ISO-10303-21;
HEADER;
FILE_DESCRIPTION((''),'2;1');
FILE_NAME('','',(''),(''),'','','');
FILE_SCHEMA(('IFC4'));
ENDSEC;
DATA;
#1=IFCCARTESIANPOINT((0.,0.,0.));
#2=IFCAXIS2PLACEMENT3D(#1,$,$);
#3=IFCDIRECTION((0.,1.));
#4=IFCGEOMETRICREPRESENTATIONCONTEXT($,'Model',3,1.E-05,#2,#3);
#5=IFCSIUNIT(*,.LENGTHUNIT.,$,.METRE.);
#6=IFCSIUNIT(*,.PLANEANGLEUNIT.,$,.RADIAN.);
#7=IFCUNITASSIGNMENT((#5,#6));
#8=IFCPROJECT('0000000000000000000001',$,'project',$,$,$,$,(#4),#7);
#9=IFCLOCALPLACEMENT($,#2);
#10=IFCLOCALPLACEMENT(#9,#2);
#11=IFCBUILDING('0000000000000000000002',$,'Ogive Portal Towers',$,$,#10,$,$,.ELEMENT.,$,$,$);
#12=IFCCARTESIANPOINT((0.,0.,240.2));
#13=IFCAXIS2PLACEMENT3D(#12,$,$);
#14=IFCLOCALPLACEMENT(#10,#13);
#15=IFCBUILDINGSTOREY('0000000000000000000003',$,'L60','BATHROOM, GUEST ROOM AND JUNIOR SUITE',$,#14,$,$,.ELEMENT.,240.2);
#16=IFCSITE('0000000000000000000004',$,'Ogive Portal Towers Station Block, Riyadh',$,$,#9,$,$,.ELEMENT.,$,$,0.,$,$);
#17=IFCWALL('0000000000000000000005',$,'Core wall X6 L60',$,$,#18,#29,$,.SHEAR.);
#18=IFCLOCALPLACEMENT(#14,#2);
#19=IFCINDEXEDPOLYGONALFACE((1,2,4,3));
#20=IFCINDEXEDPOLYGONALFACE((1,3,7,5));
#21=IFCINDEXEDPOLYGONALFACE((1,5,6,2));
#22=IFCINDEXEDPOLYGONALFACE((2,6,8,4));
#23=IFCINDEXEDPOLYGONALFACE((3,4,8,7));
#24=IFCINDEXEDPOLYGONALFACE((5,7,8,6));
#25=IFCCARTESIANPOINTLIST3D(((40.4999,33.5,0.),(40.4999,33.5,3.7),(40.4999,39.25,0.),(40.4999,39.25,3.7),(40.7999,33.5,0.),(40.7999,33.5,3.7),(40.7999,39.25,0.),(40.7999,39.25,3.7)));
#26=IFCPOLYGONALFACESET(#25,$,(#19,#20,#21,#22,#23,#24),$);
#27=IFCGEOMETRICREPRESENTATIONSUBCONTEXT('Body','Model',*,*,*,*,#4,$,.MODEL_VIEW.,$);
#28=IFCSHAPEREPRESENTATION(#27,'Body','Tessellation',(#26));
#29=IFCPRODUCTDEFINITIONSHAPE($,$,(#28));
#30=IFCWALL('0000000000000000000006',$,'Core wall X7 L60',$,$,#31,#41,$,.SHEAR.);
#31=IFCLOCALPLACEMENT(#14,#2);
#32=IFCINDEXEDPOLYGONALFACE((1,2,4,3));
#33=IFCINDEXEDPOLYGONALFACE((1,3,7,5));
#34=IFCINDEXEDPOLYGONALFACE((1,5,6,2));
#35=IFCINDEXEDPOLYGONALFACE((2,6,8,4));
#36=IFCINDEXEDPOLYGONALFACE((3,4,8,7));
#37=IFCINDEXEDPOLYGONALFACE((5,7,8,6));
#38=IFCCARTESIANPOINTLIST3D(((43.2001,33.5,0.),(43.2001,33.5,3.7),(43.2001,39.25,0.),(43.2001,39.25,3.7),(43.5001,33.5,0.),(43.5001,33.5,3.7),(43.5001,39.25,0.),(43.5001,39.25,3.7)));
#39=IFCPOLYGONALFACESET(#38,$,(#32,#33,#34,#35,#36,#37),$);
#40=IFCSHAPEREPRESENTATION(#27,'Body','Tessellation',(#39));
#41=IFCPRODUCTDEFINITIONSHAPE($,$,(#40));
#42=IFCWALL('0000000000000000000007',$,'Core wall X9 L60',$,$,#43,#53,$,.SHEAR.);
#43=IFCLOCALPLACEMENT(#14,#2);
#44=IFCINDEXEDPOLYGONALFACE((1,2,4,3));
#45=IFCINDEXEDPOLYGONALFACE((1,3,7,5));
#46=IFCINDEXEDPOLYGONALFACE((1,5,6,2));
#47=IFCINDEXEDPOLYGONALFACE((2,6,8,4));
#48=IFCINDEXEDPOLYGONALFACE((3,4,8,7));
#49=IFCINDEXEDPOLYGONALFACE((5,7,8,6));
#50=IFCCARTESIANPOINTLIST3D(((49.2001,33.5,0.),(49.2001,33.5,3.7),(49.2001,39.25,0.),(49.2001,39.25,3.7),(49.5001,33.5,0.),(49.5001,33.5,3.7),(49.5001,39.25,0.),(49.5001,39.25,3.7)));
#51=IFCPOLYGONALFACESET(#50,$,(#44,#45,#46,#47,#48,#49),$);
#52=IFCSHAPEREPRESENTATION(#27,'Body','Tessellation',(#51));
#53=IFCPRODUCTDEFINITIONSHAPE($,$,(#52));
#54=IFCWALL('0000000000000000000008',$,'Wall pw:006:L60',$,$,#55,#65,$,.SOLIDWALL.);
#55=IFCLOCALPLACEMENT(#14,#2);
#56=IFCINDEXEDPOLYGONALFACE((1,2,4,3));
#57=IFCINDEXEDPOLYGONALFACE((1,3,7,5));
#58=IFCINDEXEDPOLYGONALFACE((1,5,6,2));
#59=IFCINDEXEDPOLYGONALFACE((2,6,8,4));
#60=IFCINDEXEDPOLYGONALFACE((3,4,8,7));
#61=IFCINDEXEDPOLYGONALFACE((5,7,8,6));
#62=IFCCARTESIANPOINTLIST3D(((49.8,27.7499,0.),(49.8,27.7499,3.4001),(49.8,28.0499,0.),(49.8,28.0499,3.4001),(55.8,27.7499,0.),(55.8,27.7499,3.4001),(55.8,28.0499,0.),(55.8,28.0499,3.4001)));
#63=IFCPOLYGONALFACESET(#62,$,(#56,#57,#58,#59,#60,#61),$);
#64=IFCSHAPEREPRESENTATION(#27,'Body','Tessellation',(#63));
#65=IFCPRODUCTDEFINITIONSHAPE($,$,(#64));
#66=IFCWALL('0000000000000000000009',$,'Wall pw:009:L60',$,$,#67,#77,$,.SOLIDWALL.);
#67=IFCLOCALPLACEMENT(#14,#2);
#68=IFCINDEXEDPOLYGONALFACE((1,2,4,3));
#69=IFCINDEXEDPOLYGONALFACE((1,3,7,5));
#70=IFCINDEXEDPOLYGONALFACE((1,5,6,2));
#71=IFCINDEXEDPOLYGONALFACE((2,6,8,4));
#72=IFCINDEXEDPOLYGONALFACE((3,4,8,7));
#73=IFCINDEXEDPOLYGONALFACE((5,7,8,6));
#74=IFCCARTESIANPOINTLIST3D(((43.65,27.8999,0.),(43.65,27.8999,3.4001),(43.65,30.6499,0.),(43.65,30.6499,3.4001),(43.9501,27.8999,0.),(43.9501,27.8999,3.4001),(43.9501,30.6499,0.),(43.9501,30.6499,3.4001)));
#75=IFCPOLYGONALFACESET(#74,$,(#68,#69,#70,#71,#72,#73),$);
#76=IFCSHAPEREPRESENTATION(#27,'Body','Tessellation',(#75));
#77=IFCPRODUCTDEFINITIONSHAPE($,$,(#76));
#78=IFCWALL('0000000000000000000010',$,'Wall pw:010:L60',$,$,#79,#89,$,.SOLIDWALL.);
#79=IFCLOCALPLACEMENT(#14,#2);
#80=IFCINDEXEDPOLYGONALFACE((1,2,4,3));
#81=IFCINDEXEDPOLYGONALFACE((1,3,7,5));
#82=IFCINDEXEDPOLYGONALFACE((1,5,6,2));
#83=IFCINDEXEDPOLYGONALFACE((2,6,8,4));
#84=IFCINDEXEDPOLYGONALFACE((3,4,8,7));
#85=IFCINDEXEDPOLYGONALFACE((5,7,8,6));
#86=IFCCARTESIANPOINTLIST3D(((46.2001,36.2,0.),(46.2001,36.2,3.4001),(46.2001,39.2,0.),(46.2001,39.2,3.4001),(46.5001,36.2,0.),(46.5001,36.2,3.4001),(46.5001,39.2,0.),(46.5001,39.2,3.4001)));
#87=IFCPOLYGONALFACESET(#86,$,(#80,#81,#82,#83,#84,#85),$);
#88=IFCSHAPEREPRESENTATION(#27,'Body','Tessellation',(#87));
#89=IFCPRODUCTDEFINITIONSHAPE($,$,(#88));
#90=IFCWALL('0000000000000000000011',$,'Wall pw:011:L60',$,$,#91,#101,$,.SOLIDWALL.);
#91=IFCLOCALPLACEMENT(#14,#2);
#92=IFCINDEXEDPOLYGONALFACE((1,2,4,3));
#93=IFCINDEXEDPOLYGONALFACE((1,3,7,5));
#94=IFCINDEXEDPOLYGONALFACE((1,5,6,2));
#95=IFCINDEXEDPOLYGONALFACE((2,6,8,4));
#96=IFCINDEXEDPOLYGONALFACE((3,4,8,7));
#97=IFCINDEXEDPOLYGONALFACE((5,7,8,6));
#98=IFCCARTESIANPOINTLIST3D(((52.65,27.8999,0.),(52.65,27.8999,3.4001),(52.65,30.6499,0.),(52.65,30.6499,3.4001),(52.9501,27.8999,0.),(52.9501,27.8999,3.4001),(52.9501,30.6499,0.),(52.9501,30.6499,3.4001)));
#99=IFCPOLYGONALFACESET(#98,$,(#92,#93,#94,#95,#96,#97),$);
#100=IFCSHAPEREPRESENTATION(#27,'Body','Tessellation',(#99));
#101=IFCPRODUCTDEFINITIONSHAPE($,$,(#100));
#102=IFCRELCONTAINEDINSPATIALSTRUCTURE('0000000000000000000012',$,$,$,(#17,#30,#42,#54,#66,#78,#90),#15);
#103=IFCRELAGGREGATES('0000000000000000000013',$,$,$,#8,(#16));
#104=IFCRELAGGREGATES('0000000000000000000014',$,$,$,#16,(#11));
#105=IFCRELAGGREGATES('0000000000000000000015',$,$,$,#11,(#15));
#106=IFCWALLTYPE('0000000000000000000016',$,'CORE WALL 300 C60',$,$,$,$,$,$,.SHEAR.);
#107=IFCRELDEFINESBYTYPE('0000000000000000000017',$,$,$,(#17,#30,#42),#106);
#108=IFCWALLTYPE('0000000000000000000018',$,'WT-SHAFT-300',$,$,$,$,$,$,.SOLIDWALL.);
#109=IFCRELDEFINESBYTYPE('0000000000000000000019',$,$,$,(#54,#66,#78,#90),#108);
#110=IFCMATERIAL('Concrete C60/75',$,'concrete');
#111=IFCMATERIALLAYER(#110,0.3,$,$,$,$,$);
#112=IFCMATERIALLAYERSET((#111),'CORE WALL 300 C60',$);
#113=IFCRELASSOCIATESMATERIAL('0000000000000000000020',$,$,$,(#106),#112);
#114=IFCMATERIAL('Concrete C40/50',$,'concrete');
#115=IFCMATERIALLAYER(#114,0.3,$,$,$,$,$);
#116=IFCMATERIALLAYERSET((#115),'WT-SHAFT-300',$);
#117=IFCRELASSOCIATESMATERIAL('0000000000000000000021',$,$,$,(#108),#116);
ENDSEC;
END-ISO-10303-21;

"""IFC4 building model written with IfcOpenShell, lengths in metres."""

from ifc_helpers import new_model, si_unit, direction, frame, frame_2d, origin, place, context, subcontext, project, spatial, rectangle, extrude, material, layer, layer_set, type_object, element, save


model = new_model("IFC4")

# Units and contexts
model_context = context("Model", 3, precision=1e-05, world=origin(), true_north=direction((0.0, 1.0)))
body_context = subcontext(model_context, "Body", "Model", "MODEL_VIEW")
ifc_project = project(units=[si_unit("LENGTHUNIT", "METRE"), si_unit("PLANEANGLEUNIT", "RADIAN")], contexts=[model_context])

# Site, building, storey
site_placement = place(None, origin())
site = spatial("IfcSite", under=ifc_project, at=site_placement, Name="Ogive Portal Towers Station Block, Riyadh", CompositionType="ELEMENT", RefElevation=0.0)
building_placement = place(site_placement, origin())
building = spatial("IfcBuilding", under=site, at=building_placement, Name="Ogive Portal Towers", CompositionType="ELEMENT")
storey_placement = place(building_placement, frame((0.0, 0.0, 240.2)))
storey = spatial("IfcBuildingStorey", under=building, at=storey_placement, Name="L60", Description="BATHROOM, GUEST ROOM AND JUNIOR SUITE", CompositionType="ELEMENT", Elevation=240.2)

# Shared definitions
ifc_material_1 = material(Name="Concrete C60/75", Category="concrete")
ifc_layer_1 = layer(ifc_material_1, 0.3)
ifc_layer_set_1 = layer_set([ifc_layer_1], Name="CORE WALL 300 C60")
wall_type_1 = type_object("IfcWallType", Name="CORE WALL 300 C60", PredefinedType="SHEAR", material=ifc_layer_set_1)

# Walls
for number, where, z_axis, x_axis, name in (
    (1, (40.6499, 33.5, 0.0), (0.0, 0.0, 1.0), (0.0, 1.0, 0.0), "Core wall X6 L60"),
    (2, (43.3501, 33.5, 0.0), (0.0, 0.0, 1.0), (0.0, 1.0, 0.0), "Core wall X7 L60"),
    (3, (49.3501, 33.5, 0.0), (0.0, 0.0, 1.0), (0.0, 1.0, 0.0), "Core wall X9 L60"),
):
    element("IfcWall", number, at=place(storey_placement, frame(where, z_axis=z_axis, x_axis=x_axis)), inside=storey, type_object=wall_type_1, Name=name, PredefinedType="SHEAR", context=body_context, shape_type="SweptSolid", body=[
        extrude(rectangle(XDim=5.75, YDim=0.3, at=frame_2d((2.875, 0.0))), origin(), (0.0, 0.0, 1.0), 3.7),
    ])
ifc_material_2 = material(Name="Concrete C40/50", Category="concrete")
ifc_layer_2 = layer(ifc_material_2, 0.3)
ifc_layer_set_2 = layer_set([ifc_layer_2], Name="WT-SHAFT-300")
wall_type_2 = type_object("IfcWallType", Name="WT-SHAFT-300", PredefinedType="SOLIDWALL", material=ifc_layer_set_2)
wall_1_placement = place(storey_placement, frame((49.8, 27.8999, 0.0), z_axis=(0.0, 0.0, 1.0), x_axis=(1.0, 0.0, 0.0)))
element("IfcWall", 4, at=wall_1_placement, inside=storey, type_object=wall_type_2, Name="Wall pw:006:L60", PredefinedType="SOLIDWALL", context=body_context, shape_type="SweptSolid", body=[
    extrude(rectangle(XDim=6.0, YDim=0.3, at=frame_2d((3.0, 0.0))), origin(), (0.0, 0.0, 1.0), 3.4001),
])
wall_2_placement = place(storey_placement, frame((43.8, 27.8999, 0.0), z_axis=(0.0, 0.0, 1.0), x_axis=(0.0, 1.0, 0.0)))
element("IfcWall", 5, at=wall_2_placement, inside=storey, type_object=wall_type_2, Name="Wall pw:009:L60", PredefinedType="SOLIDWALL", context=body_context, shape_type="SweptSolid", body=[
    extrude(rectangle(XDim=2.75, YDim=0.3, at=frame_2d((1.375, 0.0))), origin(), (0.0, 0.0, 1.0), 3.4001),
])
wall_3_placement = place(storey_placement, frame((46.3501, 36.2, 0.0), z_axis=(0.0, 0.0, 1.0), x_axis=(0.0, 1.0, 0.0)))
element("IfcWall", 6, at=wall_3_placement, inside=storey, type_object=wall_type_2, Name="Wall pw:010:L60", PredefinedType="SOLIDWALL", context=body_context, shape_type="SweptSolid", body=[
    extrude(rectangle(XDim=3.0, YDim=0.3, at=frame_2d((1.5, 0.0))), origin(), (0.0, 0.0, 1.0), 3.4001),
])
wall_4_placement = place(storey_placement, frame((52.8, 27.8999, 0.0), z_axis=(0.0, 0.0, 1.0), x_axis=(0.0, 1.0, 0.0)))
element("IfcWall", 7, at=wall_4_placement, inside=storey, type_object=wall_type_2, Name="Wall pw:011:L60", PredefinedType="SOLIDWALL", context=body_context, shape_type="SweptSolid", body=[
    extrude(rectangle(XDim=2.75, YDim=0.3, at=frame_2d((1.375, 0.0))), origin(), (0.0, 0.0, 1.0), 3.4001),
])

save(model, "model.ifc")
